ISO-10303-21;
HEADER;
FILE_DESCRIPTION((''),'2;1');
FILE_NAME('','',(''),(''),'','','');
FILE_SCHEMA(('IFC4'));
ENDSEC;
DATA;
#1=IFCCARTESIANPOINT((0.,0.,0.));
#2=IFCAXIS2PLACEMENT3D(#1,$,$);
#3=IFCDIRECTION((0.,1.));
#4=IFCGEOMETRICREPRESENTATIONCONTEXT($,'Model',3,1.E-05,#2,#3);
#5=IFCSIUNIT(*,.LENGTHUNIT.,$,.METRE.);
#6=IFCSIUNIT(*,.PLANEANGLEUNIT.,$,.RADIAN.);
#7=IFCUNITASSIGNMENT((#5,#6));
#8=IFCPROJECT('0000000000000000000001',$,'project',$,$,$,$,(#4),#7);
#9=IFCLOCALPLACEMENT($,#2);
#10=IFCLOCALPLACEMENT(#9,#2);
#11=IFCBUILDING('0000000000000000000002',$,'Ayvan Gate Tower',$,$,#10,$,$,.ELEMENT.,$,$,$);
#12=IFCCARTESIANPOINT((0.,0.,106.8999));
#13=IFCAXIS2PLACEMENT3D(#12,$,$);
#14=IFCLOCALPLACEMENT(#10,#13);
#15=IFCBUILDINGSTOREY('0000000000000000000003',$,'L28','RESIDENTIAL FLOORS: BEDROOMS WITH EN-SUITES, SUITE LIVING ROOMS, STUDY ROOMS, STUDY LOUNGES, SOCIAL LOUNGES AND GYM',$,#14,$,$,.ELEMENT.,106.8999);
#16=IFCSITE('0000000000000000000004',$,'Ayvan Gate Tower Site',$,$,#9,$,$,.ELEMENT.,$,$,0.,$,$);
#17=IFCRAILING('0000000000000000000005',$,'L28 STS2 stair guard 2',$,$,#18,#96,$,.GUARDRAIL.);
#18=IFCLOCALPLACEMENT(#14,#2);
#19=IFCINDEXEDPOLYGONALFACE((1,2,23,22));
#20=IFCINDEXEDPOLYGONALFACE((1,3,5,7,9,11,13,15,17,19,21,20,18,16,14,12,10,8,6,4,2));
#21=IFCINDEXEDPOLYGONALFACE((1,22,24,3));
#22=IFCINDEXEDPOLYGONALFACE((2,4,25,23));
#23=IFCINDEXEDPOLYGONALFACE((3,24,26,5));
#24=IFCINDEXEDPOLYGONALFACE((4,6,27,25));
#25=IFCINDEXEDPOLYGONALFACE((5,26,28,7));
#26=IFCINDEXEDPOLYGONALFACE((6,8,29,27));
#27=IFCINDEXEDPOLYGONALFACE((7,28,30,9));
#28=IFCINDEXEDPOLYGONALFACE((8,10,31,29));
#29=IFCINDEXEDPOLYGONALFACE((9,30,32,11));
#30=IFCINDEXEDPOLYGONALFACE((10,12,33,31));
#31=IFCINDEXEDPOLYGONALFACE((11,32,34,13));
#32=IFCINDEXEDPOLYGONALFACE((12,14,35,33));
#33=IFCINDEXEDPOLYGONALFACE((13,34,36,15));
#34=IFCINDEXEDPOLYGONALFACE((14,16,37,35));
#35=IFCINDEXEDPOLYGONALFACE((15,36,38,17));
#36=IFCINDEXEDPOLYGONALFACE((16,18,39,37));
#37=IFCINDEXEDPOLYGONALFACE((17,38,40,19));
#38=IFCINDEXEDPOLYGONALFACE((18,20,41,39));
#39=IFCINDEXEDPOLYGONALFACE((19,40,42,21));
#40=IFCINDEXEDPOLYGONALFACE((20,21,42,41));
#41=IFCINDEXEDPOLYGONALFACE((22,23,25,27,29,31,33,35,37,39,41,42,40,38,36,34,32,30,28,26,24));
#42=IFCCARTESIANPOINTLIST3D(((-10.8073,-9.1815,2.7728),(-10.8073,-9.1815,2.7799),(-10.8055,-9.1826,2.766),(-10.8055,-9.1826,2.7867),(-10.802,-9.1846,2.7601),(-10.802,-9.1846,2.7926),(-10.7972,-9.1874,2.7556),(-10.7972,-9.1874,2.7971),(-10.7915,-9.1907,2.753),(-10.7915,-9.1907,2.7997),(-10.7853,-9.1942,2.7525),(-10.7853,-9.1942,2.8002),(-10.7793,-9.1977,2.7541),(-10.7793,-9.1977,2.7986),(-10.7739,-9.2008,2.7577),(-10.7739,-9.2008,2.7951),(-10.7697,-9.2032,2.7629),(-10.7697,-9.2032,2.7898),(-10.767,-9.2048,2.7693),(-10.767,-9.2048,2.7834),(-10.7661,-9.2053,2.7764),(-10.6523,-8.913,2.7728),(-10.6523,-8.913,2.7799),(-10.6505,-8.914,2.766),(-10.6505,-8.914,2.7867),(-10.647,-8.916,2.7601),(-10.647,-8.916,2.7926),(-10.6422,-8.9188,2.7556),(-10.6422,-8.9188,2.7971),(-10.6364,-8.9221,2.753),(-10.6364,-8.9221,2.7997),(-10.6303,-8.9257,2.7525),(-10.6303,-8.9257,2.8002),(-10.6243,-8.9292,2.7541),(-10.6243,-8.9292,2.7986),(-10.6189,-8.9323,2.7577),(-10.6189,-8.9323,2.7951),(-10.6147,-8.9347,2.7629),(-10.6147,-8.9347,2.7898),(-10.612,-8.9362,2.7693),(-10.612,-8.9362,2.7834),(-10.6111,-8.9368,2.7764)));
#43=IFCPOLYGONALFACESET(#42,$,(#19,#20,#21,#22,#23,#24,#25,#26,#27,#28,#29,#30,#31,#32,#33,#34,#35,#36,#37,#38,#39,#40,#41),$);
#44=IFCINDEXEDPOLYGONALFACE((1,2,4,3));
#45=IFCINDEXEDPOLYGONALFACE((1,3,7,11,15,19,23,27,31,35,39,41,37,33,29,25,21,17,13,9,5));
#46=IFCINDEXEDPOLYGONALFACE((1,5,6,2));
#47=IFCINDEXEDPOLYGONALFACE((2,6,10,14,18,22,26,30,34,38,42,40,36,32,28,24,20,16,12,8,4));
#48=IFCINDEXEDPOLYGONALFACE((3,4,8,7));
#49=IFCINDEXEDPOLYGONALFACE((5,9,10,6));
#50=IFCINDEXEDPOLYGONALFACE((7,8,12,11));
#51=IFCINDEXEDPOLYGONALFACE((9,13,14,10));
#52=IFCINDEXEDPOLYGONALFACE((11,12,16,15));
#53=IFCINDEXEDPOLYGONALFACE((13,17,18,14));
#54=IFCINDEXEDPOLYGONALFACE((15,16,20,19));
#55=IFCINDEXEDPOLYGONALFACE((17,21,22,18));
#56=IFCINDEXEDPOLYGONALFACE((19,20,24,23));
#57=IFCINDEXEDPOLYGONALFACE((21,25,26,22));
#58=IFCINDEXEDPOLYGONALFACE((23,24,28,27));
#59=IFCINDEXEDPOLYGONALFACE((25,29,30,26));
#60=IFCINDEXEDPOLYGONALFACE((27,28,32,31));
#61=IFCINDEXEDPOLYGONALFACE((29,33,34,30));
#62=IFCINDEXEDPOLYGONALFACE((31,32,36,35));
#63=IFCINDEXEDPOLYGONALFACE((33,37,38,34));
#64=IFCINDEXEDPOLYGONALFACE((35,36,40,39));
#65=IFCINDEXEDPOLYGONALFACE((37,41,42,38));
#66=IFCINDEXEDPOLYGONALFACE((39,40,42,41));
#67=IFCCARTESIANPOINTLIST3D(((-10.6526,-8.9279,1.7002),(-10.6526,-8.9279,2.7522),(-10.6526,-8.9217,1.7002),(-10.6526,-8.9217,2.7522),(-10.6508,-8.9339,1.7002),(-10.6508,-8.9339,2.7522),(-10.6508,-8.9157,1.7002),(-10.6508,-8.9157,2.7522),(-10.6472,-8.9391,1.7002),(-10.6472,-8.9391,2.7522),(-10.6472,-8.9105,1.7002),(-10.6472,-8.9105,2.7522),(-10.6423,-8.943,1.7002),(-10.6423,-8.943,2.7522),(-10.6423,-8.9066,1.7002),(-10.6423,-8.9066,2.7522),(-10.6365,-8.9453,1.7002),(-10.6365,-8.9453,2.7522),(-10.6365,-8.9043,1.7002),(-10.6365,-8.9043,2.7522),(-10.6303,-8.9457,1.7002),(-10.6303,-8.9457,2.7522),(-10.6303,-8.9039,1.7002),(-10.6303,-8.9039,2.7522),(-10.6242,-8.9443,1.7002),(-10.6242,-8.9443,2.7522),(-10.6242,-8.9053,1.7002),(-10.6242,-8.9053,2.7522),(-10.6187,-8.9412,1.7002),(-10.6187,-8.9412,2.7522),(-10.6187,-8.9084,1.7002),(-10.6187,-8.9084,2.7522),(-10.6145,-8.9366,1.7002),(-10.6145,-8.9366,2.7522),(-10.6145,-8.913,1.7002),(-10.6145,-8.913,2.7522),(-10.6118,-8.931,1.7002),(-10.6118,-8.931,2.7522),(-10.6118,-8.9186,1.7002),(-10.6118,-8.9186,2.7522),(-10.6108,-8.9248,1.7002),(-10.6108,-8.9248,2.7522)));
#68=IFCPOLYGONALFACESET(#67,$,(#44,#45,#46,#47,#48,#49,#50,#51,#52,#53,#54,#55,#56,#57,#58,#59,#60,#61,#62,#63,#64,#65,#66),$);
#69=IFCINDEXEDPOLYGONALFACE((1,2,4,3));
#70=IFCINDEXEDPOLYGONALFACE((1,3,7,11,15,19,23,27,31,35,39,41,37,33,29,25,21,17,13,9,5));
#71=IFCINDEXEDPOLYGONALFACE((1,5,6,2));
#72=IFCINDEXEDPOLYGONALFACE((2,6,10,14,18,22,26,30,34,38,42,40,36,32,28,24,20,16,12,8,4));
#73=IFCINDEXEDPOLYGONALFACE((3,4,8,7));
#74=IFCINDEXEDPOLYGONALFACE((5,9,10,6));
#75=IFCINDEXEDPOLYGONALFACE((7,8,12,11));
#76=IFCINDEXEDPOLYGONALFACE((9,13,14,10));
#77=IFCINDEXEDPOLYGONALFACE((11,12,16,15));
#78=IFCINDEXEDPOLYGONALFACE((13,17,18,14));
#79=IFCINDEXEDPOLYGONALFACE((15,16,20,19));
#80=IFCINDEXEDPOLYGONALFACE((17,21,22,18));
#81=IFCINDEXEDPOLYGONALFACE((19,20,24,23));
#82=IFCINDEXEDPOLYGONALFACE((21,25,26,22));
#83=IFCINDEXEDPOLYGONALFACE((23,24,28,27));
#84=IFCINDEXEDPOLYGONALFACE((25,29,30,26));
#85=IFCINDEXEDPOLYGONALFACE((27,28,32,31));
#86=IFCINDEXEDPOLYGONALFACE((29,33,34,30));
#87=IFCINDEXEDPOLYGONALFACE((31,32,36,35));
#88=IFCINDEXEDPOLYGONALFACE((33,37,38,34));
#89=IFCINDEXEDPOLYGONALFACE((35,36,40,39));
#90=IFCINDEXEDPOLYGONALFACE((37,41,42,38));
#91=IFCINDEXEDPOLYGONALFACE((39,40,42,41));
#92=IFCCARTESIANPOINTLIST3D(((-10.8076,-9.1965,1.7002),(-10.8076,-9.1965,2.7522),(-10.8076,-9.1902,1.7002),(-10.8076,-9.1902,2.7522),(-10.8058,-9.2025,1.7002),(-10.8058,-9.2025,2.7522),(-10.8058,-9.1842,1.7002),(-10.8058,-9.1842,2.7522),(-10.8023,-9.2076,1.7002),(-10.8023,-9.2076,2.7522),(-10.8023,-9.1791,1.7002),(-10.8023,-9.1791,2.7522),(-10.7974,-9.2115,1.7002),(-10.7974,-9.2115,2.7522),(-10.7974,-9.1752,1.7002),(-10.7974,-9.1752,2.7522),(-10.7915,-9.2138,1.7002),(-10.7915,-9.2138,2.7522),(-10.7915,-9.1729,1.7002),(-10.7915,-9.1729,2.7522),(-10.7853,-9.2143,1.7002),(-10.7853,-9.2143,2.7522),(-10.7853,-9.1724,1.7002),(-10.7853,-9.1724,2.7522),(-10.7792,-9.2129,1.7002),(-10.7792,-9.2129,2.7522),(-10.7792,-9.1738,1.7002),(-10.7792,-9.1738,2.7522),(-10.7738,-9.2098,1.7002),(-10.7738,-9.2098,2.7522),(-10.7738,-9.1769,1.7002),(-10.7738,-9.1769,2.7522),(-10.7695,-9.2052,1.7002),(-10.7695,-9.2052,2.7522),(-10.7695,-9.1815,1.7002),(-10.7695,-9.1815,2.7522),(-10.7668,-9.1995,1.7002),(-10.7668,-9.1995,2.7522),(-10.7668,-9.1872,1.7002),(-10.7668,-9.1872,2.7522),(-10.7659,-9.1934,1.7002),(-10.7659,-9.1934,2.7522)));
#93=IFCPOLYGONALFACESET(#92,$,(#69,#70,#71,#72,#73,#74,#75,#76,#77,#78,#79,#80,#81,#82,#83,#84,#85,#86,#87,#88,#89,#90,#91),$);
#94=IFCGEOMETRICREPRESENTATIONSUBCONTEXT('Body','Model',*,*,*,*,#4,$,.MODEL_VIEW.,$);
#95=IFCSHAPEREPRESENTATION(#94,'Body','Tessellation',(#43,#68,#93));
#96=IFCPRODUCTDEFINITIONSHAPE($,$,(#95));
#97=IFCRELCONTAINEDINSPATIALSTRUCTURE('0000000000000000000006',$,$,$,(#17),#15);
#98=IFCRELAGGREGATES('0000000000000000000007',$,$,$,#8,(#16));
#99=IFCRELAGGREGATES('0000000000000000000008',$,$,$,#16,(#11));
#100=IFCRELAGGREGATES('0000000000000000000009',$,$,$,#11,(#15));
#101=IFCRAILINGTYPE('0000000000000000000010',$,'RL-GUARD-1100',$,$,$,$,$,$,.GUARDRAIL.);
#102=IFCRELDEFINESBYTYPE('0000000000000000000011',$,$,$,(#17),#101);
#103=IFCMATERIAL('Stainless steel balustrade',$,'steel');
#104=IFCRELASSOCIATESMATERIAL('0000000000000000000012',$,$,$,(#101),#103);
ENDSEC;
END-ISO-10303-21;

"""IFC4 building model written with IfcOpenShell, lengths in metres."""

from ifc_helpers import new_model, si_unit, direction, frame, origin, origin_2d, place, context, subcontext, project, spatial, circle, extrude, material, type_object, element, save


model = new_model("IFC4")

# Units and contexts
model_context = context("Model", 3, precision=1e-05, world=origin(), true_north=direction((0.0, 1.0)))
body_context = subcontext(model_context, "Body", "Model", "MODEL_VIEW")
ifc_project = project(units=[si_unit("LENGTHUNIT", "METRE"), si_unit("PLANEANGLEUNIT", "RADIAN")], contexts=[model_context])

# Site, building, storey
site_placement = place(None, origin())
site = spatial("IfcSite", under=ifc_project, at=site_placement, Name="Ayvan Gate Tower Site", CompositionType="ELEMENT", RefElevation=0.0)
building_placement = place(site_placement, origin())
building = spatial("IfcBuilding", under=site, at=building_placement, Name="Ayvan Gate Tower", CompositionType="ELEMENT")
storey_placement = place(building_placement, frame((0.0, 0.0, 106.8999)))
storey = spatial("IfcBuildingStorey", under=building, at=storey_placement, Name="L28", Description="RESIDENTIAL FLOORS: BEDROOMS WITH EN-SUITES, SUITE LIVING ROOMS, STUDY ROOMS, STUDY LOUNGES, SOCIAL LOUNGES AND GYM", CompositionType="ELEMENT", Elevation=106.8999)

# Railing
ifc_material_1 = material(Name="Stainless steel balustrade", Category="steel")
railing_type_1 = type_object("IfcRailingType", Name="RL-GUARD-1100", PredefinedType="GUARDRAIL", material=ifc_material_1)
railing_1_placement = place(storey_placement, frame((-10.6318, -8.9248, 1.7002)))
element("IfcRailing", 1, at=railing_1_placement, inside=storey, type_object=railing_type_1, Name="L28 STS2 stair guard 2", PredefinedType="GUARDRAIL", context=body_context, shape_type="SweptSolid", body=[
    extrude(circle(Radius=0.0239, at=origin_2d()), frame((0.0, 0.0, 1.0762), z_axis=(-0.49995, -0.866054, 0.0), x_axis=(0.866054, -0.49995, 0.0)), (0.0, 0.0, 1.0), 0.3101),
    extrude(circle(Radius=0.021, at=origin_2d()), origin(), (0.0, 0.0, 1.0), 1.052),
    extrude(circle(Radius=0.021, at=origin_2d()), frame((-0.155, -0.2686, 0.0)), (0.0, 0.0, 1.0), 1.052),
])

save(model, "model.ifc")
